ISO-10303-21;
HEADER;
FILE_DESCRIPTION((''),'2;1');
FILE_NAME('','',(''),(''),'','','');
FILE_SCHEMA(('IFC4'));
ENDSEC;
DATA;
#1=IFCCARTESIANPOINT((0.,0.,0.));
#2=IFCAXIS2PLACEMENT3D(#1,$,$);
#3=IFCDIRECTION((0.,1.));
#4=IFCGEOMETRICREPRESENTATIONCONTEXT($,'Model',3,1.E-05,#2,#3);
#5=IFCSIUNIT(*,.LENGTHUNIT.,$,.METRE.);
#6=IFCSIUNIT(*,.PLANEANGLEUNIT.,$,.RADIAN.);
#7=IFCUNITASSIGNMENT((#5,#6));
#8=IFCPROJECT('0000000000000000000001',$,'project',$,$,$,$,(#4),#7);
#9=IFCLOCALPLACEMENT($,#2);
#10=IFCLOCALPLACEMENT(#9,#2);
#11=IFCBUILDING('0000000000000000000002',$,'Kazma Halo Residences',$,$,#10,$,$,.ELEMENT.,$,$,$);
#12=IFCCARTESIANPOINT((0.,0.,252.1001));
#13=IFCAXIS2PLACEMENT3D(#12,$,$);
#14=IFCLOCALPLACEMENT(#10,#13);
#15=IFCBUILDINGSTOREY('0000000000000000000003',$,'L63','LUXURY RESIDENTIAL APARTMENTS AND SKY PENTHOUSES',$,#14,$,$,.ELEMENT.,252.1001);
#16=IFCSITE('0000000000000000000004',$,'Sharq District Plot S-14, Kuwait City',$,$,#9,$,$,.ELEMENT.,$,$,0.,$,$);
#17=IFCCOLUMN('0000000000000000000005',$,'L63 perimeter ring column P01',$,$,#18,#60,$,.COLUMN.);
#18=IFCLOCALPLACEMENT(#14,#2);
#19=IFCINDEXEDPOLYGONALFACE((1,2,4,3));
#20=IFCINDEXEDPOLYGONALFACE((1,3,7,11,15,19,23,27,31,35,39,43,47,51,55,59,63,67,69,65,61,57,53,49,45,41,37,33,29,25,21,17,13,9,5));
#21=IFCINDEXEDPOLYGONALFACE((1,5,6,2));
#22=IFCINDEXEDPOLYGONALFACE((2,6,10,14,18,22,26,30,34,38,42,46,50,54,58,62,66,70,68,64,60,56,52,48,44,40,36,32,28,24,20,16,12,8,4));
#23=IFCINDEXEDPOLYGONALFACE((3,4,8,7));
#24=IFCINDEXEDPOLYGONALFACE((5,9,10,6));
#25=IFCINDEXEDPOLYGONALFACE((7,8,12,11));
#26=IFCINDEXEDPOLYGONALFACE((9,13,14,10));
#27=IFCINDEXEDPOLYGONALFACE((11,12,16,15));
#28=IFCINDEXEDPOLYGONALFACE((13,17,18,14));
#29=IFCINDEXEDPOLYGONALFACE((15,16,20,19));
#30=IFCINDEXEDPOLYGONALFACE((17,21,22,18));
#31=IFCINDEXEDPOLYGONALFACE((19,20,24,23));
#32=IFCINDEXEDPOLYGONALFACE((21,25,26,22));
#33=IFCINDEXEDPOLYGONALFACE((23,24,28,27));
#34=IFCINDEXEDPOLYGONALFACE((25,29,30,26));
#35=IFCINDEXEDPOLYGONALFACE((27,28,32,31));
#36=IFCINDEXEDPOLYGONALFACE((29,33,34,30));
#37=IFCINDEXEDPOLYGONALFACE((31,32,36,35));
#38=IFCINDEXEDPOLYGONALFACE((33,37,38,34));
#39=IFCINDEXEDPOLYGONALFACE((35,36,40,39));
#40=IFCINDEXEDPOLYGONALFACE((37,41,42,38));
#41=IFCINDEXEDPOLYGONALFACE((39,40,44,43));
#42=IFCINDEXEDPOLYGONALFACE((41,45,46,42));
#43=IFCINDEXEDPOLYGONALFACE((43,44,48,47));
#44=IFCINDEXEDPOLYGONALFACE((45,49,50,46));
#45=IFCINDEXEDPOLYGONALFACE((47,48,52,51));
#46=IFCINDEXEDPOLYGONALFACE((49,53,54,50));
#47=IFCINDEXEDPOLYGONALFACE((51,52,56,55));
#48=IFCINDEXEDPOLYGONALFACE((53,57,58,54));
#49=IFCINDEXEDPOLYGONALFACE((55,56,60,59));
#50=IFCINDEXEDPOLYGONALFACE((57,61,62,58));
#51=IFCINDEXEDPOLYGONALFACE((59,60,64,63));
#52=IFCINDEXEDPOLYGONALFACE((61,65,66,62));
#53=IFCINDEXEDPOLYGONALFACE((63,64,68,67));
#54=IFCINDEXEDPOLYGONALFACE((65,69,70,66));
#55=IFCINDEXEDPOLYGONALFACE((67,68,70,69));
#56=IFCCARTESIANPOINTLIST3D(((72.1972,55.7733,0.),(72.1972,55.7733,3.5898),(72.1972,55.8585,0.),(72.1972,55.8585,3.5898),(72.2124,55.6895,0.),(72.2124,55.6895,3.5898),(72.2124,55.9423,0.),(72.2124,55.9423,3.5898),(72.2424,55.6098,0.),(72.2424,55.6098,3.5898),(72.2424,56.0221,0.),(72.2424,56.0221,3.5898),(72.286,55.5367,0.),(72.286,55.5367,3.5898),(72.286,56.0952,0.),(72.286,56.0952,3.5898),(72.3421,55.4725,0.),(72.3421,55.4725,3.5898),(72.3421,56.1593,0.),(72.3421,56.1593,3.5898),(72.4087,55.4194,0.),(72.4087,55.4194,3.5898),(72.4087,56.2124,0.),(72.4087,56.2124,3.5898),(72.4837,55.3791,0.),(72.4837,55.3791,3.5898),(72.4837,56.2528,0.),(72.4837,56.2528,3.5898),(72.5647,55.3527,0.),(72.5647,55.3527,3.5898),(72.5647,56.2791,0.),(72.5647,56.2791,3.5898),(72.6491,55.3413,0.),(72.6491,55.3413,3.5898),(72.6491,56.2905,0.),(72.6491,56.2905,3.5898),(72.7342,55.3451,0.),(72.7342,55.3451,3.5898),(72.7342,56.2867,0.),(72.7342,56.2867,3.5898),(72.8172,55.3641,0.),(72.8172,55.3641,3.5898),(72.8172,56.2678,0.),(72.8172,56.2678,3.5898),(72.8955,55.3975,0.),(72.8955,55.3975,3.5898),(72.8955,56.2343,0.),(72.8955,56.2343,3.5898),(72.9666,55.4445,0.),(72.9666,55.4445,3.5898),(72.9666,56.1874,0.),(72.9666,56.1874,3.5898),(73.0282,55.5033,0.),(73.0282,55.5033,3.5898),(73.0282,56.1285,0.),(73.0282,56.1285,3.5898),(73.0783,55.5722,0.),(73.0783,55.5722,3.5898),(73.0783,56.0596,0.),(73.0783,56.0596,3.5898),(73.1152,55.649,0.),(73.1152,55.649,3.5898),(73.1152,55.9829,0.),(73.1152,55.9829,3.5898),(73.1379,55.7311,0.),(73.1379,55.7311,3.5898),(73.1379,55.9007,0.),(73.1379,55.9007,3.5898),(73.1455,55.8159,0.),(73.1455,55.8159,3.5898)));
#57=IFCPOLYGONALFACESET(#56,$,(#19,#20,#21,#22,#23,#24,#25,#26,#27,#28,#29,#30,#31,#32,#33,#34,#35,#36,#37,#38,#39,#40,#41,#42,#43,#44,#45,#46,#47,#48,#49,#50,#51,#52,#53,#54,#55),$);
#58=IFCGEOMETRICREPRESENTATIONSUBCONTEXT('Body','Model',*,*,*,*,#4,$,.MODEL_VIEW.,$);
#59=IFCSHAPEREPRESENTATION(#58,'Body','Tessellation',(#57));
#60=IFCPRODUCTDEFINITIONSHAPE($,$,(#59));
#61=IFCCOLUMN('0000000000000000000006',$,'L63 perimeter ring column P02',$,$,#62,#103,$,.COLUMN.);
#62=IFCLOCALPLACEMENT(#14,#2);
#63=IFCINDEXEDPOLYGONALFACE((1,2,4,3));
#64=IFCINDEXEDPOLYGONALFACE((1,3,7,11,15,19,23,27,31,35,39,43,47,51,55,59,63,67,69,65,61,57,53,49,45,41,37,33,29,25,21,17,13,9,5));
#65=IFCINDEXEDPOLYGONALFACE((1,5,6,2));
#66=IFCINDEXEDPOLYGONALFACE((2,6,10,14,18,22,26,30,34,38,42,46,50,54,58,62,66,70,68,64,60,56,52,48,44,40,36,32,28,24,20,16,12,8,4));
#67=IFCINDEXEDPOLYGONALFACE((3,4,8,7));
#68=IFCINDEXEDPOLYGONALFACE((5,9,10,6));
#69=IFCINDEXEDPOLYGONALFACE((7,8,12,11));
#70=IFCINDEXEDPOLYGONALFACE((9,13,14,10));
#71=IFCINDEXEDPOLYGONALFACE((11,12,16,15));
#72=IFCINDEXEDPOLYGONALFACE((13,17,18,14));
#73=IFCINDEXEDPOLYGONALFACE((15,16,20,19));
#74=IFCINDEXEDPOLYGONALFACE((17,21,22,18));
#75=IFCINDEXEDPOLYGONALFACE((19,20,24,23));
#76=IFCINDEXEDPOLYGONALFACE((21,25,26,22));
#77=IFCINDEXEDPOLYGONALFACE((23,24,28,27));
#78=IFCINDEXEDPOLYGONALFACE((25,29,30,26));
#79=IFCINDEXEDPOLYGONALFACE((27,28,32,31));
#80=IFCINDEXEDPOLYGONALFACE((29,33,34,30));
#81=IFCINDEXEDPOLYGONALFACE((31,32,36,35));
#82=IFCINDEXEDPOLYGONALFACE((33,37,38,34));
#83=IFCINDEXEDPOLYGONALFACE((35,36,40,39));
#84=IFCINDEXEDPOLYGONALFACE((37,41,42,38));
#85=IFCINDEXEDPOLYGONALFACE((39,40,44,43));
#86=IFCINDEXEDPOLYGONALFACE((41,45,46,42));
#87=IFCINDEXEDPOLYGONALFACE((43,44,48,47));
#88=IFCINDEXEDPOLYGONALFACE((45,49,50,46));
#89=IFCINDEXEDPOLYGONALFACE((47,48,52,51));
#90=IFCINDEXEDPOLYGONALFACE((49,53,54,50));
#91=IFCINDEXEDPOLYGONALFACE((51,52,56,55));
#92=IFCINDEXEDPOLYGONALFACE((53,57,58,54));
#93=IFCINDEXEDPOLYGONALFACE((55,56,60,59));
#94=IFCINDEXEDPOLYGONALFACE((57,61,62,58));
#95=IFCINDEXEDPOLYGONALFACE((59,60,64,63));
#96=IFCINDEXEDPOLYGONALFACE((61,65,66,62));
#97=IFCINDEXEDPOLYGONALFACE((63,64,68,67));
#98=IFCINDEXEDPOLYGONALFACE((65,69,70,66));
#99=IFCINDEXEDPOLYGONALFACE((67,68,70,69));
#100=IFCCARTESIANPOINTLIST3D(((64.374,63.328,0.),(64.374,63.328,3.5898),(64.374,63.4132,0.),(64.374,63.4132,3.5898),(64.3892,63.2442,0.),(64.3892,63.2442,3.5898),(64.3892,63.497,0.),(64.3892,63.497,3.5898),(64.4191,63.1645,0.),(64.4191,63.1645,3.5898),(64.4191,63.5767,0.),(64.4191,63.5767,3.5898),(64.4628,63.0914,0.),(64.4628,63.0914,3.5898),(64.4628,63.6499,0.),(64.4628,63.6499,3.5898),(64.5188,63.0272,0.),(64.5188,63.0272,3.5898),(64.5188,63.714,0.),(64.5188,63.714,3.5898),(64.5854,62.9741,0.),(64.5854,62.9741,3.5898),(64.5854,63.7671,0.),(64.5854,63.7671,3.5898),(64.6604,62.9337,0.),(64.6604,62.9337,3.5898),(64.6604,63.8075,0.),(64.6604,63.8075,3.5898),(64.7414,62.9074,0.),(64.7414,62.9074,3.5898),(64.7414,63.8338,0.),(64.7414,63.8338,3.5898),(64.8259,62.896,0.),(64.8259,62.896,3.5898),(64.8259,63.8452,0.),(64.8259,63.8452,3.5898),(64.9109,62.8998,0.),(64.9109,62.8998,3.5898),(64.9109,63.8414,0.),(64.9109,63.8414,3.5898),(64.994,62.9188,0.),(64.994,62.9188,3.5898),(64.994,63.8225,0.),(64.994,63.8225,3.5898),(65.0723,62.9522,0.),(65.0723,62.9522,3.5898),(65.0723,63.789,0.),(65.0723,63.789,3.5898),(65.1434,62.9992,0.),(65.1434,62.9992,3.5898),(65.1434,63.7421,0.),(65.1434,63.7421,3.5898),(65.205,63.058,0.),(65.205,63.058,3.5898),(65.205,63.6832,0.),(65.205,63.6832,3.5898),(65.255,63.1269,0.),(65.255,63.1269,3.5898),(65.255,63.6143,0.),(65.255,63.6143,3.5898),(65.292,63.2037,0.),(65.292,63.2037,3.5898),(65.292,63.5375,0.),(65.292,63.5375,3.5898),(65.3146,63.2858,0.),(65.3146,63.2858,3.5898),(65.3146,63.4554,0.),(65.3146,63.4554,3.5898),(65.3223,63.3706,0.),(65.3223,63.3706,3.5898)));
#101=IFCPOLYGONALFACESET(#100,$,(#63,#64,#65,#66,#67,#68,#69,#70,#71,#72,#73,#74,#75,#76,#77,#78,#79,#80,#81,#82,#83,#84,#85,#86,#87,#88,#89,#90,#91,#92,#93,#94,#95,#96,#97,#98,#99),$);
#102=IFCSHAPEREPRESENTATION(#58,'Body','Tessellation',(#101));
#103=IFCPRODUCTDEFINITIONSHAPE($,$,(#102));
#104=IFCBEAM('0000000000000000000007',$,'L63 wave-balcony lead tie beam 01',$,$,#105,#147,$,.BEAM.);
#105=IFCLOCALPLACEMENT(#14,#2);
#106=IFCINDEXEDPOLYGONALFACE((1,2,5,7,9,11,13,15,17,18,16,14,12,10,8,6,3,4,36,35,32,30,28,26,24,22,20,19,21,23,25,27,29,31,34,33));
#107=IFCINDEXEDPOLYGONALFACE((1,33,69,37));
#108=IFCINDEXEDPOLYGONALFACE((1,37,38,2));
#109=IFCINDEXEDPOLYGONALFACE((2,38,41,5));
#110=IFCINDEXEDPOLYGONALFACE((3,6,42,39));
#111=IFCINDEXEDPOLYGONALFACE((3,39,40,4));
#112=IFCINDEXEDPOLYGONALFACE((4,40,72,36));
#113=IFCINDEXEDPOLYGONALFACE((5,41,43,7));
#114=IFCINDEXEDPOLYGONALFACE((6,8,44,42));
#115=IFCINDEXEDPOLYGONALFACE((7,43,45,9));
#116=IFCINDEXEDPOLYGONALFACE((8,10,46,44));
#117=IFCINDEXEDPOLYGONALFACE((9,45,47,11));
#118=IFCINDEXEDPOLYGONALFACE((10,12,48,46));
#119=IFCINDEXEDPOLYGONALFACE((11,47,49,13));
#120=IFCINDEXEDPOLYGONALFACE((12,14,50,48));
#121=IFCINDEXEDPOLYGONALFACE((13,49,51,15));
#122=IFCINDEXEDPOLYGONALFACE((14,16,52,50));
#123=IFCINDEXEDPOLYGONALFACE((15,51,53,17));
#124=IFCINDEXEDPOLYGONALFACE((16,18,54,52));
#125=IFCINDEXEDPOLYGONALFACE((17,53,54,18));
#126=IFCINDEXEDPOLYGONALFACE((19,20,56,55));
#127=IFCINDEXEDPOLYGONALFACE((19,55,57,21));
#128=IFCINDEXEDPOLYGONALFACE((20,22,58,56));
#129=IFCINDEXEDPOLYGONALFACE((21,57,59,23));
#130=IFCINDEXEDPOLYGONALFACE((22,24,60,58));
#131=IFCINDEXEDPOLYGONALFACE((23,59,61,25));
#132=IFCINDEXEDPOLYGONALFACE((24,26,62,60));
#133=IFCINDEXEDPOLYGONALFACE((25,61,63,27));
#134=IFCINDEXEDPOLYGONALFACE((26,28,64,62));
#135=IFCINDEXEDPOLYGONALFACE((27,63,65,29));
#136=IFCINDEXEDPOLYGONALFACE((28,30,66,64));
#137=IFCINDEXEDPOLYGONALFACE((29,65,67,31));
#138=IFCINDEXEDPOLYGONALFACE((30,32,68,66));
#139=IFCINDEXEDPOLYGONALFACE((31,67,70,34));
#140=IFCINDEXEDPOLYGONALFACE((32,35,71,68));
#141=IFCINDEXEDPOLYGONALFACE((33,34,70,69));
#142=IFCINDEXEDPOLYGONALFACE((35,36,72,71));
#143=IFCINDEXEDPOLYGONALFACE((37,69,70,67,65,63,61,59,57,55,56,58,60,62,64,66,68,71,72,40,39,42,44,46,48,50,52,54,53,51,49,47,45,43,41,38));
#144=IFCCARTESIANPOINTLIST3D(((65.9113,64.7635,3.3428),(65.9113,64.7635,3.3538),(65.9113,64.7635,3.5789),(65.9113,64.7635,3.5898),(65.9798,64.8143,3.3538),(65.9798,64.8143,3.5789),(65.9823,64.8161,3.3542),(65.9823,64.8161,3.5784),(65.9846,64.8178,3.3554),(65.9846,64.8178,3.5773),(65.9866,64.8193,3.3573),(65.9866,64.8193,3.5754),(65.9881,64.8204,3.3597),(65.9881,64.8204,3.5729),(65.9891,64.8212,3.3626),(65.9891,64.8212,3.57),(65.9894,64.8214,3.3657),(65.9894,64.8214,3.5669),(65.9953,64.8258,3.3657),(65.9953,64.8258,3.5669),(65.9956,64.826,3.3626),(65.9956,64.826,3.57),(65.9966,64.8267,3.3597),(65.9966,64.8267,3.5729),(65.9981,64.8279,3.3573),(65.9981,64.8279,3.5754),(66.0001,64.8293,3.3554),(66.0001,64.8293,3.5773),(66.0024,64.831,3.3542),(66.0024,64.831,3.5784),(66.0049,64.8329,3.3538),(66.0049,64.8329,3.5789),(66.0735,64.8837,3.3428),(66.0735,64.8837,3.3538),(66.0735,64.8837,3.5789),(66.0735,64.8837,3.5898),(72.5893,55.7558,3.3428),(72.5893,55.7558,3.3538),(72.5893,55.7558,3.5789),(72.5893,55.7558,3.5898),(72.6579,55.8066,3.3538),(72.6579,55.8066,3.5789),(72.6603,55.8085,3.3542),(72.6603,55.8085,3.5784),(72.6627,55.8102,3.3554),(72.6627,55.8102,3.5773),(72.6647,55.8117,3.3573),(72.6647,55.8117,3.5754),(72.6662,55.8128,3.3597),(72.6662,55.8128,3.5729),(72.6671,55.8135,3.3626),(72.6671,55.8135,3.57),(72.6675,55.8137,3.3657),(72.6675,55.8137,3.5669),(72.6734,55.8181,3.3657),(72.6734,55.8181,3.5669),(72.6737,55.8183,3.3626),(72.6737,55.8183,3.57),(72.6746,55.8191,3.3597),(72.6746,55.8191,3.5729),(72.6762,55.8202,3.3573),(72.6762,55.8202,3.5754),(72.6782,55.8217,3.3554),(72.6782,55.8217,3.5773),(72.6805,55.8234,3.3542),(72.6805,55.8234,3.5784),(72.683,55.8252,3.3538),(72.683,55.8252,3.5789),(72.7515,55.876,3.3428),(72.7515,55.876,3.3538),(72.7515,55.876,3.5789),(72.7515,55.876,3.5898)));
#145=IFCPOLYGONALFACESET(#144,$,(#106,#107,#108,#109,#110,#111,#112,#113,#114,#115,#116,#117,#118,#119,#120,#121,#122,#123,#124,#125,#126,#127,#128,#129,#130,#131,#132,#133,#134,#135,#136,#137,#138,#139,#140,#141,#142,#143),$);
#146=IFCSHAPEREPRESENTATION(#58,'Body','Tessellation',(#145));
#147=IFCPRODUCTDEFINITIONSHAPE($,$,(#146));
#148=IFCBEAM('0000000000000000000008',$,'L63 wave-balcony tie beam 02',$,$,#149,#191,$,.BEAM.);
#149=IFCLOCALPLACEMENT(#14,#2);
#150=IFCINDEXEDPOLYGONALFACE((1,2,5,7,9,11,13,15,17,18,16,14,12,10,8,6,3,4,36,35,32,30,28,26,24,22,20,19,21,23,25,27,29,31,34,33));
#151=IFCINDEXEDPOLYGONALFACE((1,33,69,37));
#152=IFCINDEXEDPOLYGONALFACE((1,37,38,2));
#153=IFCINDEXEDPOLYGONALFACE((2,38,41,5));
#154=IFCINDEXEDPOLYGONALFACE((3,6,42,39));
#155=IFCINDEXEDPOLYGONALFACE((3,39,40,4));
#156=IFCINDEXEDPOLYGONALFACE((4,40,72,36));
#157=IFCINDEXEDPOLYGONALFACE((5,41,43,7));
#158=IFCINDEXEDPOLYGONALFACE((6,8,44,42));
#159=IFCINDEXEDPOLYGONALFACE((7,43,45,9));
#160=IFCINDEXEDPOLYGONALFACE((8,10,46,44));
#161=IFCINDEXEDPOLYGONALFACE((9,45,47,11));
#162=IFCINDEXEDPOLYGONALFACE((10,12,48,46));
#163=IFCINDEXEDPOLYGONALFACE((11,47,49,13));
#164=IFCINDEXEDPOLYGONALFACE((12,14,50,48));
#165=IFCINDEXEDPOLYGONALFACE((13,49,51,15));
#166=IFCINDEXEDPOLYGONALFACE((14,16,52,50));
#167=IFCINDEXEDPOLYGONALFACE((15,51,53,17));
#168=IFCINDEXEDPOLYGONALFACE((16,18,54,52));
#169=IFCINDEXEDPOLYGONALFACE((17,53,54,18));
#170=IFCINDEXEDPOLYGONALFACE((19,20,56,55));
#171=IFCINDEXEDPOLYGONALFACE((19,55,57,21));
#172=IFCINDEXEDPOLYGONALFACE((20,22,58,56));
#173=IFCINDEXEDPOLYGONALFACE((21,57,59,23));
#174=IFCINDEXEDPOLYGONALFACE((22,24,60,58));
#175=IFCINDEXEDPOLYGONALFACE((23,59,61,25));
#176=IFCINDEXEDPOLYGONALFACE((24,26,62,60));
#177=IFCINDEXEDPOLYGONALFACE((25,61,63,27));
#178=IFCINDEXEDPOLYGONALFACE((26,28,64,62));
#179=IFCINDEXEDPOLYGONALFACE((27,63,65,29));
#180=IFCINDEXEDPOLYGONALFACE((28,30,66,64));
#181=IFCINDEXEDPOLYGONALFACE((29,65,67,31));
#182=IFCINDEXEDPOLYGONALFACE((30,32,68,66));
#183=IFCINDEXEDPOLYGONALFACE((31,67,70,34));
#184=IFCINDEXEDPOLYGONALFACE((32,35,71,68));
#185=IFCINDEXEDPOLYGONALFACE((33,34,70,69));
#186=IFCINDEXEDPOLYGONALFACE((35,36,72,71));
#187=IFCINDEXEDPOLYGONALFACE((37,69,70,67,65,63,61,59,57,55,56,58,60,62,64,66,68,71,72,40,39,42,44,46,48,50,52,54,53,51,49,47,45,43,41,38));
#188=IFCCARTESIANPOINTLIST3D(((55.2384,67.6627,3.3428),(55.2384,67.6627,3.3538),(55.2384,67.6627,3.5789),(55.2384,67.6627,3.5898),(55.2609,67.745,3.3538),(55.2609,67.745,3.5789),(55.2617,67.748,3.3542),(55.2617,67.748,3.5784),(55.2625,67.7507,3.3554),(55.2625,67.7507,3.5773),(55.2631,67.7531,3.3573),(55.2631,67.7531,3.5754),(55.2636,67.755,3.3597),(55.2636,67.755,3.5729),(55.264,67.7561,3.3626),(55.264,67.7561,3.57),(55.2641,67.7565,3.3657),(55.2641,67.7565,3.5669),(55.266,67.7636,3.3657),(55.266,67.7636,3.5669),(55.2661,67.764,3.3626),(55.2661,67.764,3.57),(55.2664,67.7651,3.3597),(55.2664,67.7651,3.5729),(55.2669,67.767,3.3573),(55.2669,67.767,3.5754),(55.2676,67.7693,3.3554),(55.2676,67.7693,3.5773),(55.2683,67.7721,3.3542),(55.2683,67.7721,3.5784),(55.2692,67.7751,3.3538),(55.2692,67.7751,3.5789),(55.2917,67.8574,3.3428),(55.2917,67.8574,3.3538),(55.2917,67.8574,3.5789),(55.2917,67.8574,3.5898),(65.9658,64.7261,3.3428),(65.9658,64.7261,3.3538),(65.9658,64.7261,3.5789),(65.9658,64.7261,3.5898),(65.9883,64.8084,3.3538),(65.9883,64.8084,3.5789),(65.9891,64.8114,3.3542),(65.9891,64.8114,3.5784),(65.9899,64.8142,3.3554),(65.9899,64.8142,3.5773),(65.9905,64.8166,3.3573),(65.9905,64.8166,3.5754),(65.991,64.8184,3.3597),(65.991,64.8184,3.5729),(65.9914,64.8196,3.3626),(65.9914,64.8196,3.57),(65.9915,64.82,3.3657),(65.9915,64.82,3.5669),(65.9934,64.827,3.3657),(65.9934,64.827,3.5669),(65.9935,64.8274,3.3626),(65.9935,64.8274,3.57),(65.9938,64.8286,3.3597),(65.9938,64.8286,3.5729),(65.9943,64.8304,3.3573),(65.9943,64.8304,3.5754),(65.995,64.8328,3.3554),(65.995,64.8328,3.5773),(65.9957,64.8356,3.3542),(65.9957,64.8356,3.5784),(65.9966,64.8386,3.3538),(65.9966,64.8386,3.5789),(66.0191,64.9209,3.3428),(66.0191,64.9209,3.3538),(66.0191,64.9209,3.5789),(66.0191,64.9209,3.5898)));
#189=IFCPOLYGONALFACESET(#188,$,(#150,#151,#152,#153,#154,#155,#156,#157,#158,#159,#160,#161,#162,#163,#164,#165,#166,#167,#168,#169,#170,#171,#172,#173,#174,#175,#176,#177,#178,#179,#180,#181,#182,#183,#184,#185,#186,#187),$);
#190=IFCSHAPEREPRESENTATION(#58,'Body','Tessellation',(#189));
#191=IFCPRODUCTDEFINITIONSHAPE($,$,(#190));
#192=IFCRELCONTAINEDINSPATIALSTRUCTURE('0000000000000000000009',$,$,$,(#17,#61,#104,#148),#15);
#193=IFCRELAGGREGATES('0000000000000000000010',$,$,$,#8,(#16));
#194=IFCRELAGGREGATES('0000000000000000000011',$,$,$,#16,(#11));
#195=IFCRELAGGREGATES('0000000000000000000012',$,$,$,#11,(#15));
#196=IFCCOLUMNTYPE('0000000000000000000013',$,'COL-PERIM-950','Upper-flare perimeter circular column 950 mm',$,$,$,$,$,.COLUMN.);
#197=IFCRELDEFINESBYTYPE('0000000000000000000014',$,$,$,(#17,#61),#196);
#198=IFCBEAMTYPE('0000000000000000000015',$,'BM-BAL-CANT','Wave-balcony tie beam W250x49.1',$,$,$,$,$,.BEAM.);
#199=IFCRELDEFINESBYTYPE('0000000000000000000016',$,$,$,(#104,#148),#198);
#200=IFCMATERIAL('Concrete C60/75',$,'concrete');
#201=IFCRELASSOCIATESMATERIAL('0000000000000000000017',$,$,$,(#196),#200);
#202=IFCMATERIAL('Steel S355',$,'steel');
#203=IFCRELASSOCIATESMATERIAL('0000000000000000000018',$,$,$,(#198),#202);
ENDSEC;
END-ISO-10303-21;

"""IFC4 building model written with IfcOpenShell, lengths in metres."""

from ifc_helpers import new_model, si_unit, direction, frame, origin, origin_2d, place, context, subcontext, project, spatial, circle, i_section, extrude, material, material_profile, profile_set, type_object, element, save


model = new_model("IFC4")

# Units and contexts
model_context = context("Model", 3, precision=1e-05, world=origin(), true_north=direction((0.0, 1.0)))
body_context = subcontext(model_context, "Body", "Model", "MODEL_VIEW")
ifc_project = project(units=[si_unit("LENGTHUNIT", "METRE"), si_unit("PLANEANGLEUNIT", "RADIAN")], contexts=[model_context])

# Site, building, storey
site_placement = place(None, origin())
site = spatial("IfcSite", under=ifc_project, at=site_placement, Name="Sharq District Plot S-14, Kuwait City", CompositionType="ELEMENT", RefElevation=0.0)
building_placement = place(site_placement, origin())
building = spatial("IfcBuilding", under=site, at=building_placement, Name="Kazma Halo Residences", CompositionType="ELEMENT")
storey_placement = place(building_placement, frame((0.0, 0.0, 252.1001)))
storey = spatial("IfcBuildingStorey", under=building, at=storey_placement, Name="L63", Description="LUXURY RESIDENTIAL APARTMENTS AND SKY PENTHOUSES", CompositionType="ELEMENT", Elevation=252.1001)

# Columns
ifc_material_1 = material(Name="Concrete C60/75", Category="concrete")
ifc_material_profile_1 = material_profile(ifc_material_1, circle(Radius=0.4751, at=origin_2d()), Name="CIRC950")
ifc_profile_set_1 = profile_set([ifc_material_profile_1], Name="Concrete C60/75")
column_type = type_object("IfcColumnType", Name="COL-PERIM-950", Description="Upper-flare perimeter circular column 950 mm", PredefinedType="COLUMN", material=ifc_profile_set_1)
for number, where, z_axis, x_axis, name in (
    (1, (72.6704, 55.8159, 0.0), (0.0, 0.0, 1.0), (1.0, 0.0, 0.0), "L63 perimeter ring column P01"),
    (2, (64.8472, 63.3706, 0.0), (0.0, 0.0, 1.0), (1.0, 0.0, 0.0), "L63 perimeter ring column P02"),
):
    element("IfcColumn", number, at=place(storey_placement, frame(where, z_axis=z_axis, x_axis=x_axis)), inside=storey, type_object=column_type, Name=name, PredefinedType="COLUMN", context=body_context, shape_type="SweptSolid", body=[
        extrude(circle(Radius=0.4751, at=origin_2d()), origin(), (0.0, 0.0, 1.0), 3.5898),
    ])

# Beams
ifc_material_2 = material(Name="Steel S355", Category="steel")
ifc_material_profile_2 = material_profile(ifc_material_2, i_section(OverallWidth=0.2019, OverallDepth=0.2471, WebThickness=0.0073, FlangeThickness=0.011, FilletRadius=0.012, at=origin_2d()), Name="W250x49.1")
ifc_profile_set_2 = profile_set([ifc_material_profile_2], Name="Steel S355")
beam_type_1 = type_object("IfcBeamType", Name="BM-BAL-CANT", Description="Wave-balcony tie beam W250x49.1", PredefinedType="BEAM", material=ifc_profile_set_2)
beam_1_placement = place(storey_placement, frame((72.6704, 55.8159, 3.4663), z_axis=(-0.595556, 0.803314, 0.0), x_axis=(-0.803314, -0.595556, 0.0)))
element("IfcBeam", 3, at=beam_1_placement, inside=storey, type_object=beam_type_1, Name="L63 wave-balcony lead tie beam 01", PredefinedType="BEAM", context=body_context, shape_type="SweptSolid", body=[
    extrude(i_section(OverallWidth=0.2019, OverallDepth=0.2471, WebThickness=0.0073, FlangeThickness=0.011, FilletRadius=0.012, at=origin_2d()), origin(), (0.0, 0.0, 1.0), 11.2131),
])
beam_2_placement = place(storey_placement, frame((65.9924, 64.8235, 3.4663), z_axis=(-0.964515, 0.264029, 0.0), x_axis=(-0.264029, -0.964515, 0.0)))
element("IfcBeam", 4, at=beam_2_placement, inside=storey, type_object=beam_type_1, Name="L63 wave-balcony tie beam 02", PredefinedType="BEAM", context=body_context, shape_type="SweptSolid", body=[
    extrude(i_section(OverallWidth=0.2019, OverallDepth=0.2471, WebThickness=0.0073, FlangeThickness=0.011, FilletRadius=0.012, at=origin_2d()), origin(), (0.0, 0.0, 1.0), 11.1221),
])

save(model, "model.ifc")
